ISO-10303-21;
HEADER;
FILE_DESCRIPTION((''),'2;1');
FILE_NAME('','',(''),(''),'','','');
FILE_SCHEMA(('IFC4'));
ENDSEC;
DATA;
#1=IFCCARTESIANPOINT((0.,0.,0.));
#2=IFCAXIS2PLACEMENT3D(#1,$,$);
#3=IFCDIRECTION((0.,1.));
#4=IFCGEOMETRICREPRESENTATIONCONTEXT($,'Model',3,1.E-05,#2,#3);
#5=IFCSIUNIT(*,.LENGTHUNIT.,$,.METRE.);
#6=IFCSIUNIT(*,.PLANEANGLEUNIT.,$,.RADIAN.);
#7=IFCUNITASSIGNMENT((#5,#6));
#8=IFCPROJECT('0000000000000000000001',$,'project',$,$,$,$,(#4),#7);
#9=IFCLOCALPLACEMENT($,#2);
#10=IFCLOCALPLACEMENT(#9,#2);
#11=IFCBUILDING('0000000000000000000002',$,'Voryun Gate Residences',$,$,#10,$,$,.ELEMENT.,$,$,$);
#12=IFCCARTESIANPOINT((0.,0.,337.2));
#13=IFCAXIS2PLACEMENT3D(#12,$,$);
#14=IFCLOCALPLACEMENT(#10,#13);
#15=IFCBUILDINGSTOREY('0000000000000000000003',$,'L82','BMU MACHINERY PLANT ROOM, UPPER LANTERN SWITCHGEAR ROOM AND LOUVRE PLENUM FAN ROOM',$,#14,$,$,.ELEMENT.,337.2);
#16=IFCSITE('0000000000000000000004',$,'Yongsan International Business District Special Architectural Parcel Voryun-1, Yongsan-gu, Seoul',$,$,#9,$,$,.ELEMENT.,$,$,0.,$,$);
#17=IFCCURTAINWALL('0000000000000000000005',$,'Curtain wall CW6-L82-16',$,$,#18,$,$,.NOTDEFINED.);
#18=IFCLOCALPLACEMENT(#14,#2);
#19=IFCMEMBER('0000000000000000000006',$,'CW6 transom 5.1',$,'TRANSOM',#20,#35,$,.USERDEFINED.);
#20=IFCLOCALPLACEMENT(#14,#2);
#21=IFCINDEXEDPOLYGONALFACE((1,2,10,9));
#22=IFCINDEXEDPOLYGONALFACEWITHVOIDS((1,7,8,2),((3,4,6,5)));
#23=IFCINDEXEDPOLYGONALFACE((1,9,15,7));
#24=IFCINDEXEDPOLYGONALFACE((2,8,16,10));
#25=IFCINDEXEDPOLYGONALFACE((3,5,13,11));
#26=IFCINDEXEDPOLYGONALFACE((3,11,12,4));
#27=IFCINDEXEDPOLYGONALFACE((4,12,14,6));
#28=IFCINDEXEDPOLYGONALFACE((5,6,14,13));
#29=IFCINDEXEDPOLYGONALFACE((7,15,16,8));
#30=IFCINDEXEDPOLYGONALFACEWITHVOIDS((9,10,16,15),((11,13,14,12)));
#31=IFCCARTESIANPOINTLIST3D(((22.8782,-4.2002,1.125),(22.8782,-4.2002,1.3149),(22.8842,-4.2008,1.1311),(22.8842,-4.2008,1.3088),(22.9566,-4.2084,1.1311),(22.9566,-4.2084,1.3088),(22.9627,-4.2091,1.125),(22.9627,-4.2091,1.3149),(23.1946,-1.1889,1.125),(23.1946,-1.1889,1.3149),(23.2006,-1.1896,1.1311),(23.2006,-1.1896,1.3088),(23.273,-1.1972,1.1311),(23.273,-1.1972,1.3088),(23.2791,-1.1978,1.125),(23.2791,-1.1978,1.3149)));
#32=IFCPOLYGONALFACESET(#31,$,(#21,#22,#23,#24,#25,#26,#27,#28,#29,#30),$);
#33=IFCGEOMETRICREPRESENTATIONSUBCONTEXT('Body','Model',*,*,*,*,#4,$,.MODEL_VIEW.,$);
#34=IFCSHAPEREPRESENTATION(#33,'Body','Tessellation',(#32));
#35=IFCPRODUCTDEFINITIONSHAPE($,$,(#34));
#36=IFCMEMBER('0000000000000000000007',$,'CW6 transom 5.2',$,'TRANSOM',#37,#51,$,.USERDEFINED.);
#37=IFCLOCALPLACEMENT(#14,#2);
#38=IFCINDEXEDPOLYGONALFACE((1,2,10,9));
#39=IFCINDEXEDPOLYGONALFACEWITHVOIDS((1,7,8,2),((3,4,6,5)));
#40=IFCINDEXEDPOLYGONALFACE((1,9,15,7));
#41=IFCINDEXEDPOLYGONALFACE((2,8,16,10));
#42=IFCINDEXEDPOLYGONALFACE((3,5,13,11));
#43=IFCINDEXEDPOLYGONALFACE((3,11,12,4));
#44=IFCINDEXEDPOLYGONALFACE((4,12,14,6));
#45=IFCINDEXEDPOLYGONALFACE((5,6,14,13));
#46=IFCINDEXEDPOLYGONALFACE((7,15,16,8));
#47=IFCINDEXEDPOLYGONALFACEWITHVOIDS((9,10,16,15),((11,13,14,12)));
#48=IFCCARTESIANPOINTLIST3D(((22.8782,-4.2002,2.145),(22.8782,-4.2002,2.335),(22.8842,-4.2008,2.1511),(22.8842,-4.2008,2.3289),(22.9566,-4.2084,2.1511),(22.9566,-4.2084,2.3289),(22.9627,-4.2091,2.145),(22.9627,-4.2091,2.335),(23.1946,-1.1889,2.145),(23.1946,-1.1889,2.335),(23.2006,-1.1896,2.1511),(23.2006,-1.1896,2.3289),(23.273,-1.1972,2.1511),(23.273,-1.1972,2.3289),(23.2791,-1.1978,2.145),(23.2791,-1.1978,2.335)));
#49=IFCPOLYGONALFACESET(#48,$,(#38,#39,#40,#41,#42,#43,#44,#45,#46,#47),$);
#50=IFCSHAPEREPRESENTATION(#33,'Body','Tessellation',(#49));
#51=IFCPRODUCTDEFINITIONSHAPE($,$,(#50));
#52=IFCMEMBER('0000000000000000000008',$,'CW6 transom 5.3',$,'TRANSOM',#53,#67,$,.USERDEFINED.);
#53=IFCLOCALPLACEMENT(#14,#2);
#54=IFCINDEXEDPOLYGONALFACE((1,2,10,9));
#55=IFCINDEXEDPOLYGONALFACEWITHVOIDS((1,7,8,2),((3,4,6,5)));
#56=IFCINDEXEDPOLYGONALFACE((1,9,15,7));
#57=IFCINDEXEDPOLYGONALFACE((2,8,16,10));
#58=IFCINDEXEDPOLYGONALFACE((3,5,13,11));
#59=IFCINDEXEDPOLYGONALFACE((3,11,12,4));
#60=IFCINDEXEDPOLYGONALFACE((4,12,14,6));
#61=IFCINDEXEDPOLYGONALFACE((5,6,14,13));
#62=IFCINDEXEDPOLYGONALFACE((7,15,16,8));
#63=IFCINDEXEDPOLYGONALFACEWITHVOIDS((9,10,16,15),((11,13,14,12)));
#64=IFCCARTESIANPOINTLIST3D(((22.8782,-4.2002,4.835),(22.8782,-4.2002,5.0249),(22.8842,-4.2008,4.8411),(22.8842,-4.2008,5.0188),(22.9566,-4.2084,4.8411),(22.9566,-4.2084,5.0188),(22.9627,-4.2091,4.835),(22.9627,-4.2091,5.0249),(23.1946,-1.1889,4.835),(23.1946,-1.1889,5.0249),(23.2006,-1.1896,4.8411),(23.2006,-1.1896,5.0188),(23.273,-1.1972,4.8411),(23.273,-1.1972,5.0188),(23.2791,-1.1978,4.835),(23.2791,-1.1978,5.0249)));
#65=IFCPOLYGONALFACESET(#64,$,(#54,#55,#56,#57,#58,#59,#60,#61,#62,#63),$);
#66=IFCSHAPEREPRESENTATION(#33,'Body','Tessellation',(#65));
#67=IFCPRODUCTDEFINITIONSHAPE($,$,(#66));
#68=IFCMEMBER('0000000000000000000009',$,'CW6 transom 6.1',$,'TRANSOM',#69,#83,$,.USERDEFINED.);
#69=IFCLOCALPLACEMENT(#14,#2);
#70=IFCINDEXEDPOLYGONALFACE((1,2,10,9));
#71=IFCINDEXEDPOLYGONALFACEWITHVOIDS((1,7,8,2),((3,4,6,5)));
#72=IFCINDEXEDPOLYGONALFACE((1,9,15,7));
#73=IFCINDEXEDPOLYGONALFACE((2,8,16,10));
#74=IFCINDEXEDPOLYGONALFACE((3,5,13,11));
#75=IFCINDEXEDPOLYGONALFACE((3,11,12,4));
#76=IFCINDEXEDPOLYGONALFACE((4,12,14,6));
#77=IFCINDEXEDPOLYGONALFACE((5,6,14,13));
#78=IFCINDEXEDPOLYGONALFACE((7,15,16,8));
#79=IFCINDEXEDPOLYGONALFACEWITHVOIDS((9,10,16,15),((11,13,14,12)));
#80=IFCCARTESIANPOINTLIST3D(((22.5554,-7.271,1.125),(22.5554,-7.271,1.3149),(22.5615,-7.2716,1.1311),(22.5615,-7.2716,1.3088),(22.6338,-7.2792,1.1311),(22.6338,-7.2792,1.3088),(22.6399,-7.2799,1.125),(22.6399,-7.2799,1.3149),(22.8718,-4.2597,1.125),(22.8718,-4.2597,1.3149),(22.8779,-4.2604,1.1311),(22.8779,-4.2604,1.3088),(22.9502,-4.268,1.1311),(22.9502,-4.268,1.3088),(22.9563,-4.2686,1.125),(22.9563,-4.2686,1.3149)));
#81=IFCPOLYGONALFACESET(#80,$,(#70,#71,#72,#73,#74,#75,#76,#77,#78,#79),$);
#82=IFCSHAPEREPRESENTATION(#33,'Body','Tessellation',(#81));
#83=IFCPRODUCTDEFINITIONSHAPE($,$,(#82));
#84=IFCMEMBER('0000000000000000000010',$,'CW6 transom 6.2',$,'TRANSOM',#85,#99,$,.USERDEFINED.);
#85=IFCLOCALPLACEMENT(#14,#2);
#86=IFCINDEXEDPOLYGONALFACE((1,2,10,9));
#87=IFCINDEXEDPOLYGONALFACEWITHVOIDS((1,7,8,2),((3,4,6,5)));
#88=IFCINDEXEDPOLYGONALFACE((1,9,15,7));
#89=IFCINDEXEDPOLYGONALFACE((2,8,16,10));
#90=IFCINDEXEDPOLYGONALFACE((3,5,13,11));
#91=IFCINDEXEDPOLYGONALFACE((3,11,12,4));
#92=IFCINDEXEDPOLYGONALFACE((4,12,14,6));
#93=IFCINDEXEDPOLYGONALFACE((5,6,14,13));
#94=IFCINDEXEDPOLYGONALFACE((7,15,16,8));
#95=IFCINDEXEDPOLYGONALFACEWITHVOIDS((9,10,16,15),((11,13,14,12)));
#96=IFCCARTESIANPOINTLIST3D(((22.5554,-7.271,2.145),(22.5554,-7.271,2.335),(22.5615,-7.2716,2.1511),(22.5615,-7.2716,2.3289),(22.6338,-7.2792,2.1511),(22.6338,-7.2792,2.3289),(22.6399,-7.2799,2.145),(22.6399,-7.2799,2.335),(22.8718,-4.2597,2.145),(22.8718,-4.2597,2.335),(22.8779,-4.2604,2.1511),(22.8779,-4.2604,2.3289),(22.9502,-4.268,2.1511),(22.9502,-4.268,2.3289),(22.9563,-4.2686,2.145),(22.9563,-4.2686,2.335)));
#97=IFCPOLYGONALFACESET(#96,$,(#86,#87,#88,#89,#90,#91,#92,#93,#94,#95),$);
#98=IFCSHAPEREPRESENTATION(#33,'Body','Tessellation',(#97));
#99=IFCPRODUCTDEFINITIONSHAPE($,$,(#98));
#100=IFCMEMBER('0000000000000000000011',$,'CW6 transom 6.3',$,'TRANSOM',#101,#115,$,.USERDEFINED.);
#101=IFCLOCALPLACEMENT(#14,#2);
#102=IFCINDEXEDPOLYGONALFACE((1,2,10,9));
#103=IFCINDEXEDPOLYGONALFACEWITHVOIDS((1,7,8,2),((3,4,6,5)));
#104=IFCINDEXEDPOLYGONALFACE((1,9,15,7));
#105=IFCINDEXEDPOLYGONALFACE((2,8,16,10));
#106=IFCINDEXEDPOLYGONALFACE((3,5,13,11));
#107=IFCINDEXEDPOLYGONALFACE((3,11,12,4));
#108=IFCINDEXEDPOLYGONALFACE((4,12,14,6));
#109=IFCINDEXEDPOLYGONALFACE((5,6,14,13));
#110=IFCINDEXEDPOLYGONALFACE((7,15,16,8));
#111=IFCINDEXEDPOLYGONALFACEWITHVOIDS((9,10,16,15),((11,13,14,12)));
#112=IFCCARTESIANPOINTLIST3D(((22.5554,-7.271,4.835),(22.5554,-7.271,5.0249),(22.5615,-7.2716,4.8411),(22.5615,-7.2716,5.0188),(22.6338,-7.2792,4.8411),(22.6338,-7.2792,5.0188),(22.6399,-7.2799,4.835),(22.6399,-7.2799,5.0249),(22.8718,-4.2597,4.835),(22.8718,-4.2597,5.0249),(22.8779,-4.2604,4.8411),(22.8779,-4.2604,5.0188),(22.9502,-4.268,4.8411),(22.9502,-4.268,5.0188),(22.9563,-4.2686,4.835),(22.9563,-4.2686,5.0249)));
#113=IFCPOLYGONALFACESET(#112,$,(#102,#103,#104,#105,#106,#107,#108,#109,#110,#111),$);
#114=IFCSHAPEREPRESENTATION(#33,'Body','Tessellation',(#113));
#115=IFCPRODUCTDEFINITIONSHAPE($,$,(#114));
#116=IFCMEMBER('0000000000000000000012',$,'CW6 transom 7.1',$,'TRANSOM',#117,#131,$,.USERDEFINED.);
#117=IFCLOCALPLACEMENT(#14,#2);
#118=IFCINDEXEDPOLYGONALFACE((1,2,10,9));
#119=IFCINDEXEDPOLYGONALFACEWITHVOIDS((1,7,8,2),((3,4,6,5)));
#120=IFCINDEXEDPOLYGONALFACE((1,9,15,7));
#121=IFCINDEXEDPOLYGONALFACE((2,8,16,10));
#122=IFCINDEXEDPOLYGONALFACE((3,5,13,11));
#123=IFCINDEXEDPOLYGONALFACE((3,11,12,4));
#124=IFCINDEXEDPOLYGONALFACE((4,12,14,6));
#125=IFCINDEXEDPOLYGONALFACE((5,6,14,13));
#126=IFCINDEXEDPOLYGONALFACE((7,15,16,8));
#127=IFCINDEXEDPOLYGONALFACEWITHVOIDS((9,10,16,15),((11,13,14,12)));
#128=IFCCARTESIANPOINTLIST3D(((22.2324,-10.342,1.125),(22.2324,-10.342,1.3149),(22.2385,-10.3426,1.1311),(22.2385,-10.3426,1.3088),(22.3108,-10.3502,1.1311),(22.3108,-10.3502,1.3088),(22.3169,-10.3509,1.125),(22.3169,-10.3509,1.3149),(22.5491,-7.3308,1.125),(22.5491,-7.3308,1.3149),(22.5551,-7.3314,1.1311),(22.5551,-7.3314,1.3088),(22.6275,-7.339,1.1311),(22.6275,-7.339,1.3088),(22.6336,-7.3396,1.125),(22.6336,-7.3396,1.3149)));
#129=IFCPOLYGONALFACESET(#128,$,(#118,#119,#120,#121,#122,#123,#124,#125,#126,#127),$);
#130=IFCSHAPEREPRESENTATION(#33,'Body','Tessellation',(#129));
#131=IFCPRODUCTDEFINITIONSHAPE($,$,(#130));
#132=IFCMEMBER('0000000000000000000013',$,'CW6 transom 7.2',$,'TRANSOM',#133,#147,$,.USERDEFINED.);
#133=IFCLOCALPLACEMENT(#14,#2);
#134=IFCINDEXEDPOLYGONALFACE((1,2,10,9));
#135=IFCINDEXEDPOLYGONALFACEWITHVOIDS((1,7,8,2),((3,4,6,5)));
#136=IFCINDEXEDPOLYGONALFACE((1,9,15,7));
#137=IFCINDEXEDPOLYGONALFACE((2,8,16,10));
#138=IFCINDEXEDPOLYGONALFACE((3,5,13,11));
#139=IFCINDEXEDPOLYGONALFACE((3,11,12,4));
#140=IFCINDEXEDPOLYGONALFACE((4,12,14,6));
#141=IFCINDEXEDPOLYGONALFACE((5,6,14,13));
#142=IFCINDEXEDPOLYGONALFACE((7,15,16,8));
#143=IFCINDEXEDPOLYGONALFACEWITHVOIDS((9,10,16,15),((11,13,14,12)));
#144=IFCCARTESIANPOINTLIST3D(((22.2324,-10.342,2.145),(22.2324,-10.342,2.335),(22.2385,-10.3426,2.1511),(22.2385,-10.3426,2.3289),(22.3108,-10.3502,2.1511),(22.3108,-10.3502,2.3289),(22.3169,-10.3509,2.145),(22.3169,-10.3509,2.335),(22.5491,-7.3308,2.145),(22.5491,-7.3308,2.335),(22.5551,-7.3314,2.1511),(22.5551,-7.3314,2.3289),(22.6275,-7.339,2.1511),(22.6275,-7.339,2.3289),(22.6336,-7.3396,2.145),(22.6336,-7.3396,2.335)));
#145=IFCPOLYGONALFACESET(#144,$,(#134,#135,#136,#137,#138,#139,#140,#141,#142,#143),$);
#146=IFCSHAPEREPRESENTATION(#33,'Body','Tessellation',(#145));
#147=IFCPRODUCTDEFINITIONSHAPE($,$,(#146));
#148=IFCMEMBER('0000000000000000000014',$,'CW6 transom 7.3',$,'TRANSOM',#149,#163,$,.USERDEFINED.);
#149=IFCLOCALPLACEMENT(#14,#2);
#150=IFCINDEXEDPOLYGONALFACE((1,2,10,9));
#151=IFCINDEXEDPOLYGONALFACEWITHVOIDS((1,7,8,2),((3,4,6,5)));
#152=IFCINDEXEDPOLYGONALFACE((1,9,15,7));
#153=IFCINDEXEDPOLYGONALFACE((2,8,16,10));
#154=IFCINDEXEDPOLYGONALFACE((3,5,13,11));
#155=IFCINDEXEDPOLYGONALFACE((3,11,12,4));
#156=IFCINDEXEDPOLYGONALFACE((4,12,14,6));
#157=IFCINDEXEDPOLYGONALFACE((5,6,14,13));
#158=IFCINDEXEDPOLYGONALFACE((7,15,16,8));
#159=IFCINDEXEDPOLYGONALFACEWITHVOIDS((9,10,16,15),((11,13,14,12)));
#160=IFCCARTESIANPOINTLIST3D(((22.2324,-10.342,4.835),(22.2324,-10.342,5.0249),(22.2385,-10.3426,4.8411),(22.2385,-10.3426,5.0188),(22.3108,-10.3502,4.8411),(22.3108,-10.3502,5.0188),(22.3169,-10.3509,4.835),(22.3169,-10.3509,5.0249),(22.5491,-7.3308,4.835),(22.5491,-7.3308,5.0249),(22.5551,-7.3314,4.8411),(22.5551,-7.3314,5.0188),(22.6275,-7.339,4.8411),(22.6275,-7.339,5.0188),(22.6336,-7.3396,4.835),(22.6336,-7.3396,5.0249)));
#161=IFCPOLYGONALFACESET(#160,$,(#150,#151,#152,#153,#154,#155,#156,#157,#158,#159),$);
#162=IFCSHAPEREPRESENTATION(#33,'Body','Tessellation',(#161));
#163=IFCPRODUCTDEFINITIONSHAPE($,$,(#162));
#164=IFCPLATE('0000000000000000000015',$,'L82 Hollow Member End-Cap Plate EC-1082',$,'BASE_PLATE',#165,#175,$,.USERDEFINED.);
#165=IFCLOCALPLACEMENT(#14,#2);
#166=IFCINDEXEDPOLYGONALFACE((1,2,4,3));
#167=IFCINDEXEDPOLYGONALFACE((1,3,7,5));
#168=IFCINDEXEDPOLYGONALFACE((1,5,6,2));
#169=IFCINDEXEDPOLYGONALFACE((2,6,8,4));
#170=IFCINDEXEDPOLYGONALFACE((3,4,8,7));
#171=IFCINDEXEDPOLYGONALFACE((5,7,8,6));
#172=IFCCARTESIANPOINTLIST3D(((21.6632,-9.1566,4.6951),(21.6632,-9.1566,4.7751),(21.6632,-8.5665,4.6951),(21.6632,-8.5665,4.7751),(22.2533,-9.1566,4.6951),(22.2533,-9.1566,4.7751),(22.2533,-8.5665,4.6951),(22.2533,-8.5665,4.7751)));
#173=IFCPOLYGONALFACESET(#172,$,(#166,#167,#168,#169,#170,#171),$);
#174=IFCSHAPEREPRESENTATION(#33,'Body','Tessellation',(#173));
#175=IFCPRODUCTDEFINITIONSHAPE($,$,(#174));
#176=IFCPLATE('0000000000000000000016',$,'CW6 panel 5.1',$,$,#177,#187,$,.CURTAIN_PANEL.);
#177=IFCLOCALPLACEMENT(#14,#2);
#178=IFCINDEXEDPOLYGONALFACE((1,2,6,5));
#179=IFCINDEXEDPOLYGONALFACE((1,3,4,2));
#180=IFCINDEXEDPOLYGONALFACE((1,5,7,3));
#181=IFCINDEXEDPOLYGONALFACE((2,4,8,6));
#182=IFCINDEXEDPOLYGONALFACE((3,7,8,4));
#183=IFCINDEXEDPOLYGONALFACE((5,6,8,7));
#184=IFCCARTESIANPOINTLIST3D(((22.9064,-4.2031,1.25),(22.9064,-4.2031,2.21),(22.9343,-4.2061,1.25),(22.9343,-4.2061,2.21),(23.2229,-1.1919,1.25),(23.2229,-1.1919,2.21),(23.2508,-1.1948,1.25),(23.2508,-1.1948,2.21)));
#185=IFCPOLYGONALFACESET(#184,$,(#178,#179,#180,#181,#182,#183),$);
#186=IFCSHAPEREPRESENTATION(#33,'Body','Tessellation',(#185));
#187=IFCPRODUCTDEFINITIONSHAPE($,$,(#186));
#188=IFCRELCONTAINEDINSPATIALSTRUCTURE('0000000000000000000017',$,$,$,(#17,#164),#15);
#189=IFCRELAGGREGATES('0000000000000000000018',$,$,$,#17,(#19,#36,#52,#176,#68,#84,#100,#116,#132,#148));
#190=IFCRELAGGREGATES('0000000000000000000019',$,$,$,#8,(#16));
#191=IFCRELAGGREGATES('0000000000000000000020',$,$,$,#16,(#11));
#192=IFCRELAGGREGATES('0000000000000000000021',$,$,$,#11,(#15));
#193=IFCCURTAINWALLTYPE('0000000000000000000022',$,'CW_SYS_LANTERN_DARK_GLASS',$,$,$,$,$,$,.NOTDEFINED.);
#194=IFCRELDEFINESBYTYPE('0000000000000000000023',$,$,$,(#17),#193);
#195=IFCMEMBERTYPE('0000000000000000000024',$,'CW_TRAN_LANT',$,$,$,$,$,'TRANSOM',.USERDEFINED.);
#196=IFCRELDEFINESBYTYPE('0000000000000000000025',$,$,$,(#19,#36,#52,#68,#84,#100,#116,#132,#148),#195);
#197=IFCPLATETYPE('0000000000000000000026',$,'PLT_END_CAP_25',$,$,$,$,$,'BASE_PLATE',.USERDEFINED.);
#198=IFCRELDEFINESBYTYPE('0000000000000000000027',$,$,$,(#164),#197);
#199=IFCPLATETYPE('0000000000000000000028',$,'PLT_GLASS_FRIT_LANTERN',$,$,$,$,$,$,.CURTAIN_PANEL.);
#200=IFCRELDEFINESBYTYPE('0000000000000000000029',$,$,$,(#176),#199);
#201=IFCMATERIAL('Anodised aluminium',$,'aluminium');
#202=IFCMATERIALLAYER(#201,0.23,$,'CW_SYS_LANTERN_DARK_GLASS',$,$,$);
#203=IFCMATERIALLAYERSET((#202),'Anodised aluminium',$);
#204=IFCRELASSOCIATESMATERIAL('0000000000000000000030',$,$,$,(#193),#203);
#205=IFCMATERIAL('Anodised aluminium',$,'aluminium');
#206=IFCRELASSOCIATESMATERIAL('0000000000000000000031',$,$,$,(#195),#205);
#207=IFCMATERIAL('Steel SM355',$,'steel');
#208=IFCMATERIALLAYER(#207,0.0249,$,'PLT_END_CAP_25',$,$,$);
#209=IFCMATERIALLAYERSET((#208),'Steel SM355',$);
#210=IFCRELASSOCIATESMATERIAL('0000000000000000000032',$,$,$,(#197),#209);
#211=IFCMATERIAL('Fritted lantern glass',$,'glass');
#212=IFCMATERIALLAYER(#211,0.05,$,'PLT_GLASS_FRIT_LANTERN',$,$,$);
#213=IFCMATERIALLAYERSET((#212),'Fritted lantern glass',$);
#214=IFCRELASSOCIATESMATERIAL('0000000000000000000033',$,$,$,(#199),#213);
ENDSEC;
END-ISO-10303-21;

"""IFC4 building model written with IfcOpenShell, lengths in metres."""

from ifc_helpers import new_model, si_unit, direction, frame, origin, origin_2d, place, context, subcontext, project, spatial, rectangle, hollow_rectangle, extrude, material, layer, layer_set, material_profile, profile_set, type_object, element, aggregate, save


model = new_model("IFC4")

# Units and contexts
model_context = context("Model", 3, precision=1e-05, world=origin(), true_north=direction((0.0, 1.0)))
body_context = subcontext(model_context, "Body", "Model", "MODEL_VIEW")
ifc_project = project(units=[si_unit("LENGTHUNIT", "METRE"), si_unit("PLANEANGLEUNIT", "RADIAN")], contexts=[model_context])

# Site, building, storey
site_placement = place(None, origin())
site = spatial("IfcSite", under=ifc_project, at=site_placement, Name="Yongsan International Business District Special Architectural Parcel Voryun-1, Yongsan-gu, Seoul", CompositionType="ELEMENT", RefElevation=0.0)
building_placement = place(site_placement, origin())
building = spatial("IfcBuilding", under=site, at=building_placement, Name="Voryun Gate Residences", CompositionType="ELEMENT")
storey_placement = place(building_placement, frame((0.0, 0.0, 337.2)))
storey = spatial("IfcBuildingStorey", under=building, at=storey_placement, Name="L82", Description="BMU MACHINERY PLANT ROOM, UPPER LANTERN SWITCHGEAR ROOM AND LOUVRE PLENUM FAN ROOM", CompositionType="ELEMENT", Elevation=337.2)

# Curtain wall, members
ifc_material_1 = material(Name="Anodised aluminium", Category="aluminium")
ifc_layer_1 = layer(ifc_material_1, 0.23, Name="CW_SYS_LANTERN_DARK_GLASS")
ifc_layer_set_1 = layer_set([ifc_layer_1], Name="Anodised aluminium")
curtain_wall_type = type_object("IfcCurtainWallType", Name="CW_SYS_LANTERN_DARK_GLASS", PredefinedType="NOTDEFINED", material=ifc_layer_set_1)
curtain_wall_placement = place(storey_placement, origin())
curtain_wall = element("IfcCurtainWall", 1, at=curtain_wall_placement, inside=storey, type_object=curtain_wall_type, Name="Curtain wall CW6-L82-16", PredefinedType="NOTDEFINED")
ifc_material_2 = material(Name="Anodised aluminium", Category="aluminium")
ifc_material_profile_1 = material_profile(ifc_material_2, hollow_rectangle(XDim=0.085, YDim=0.1899, WallThickness=0.0061, at=origin_2d()), Name="ALU-TRAN-190x85x6")
ifc_profile_set_1 = profile_set([ifc_material_profile_1], Name="Anodised aluminium")
member_type_1 = type_object("IfcMemberType", Name="CW_TRAN_LANT", ElementType="TRANSOM", PredefinedType="USERDEFINED", material=ifc_profile_set_1)
member_1_placement = place(storey_placement, frame((23.2368, -1.1934, 1.22), z_axis=(-0.1045, -0.994525, 0.0), x_axis=(0.994525, -0.1045, 0.0)))
member_1 = element("IfcMember", 2, at=member_1_placement, type_object=member_type_1, Name="CW6 transom 5.1", ObjectType="TRANSOM", PredefinedType="USERDEFINED", context=body_context, shape_type="SweptSolid", body=[
    extrude(hollow_rectangle(XDim=0.085, YDim=0.1899, WallThickness=0.0061, at=origin_2d()), origin(), (0.0, 0.0, 1.0), 3.0278),
])
member_2_placement = place(storey_placement, frame((23.2368, -1.1934, 2.24), z_axis=(-0.1045, -0.994525, 0.0), x_axis=(0.994525, -0.1045, 0.0)))
member_2 = element("IfcMember", 3, at=member_2_placement, type_object=member_type_1, Name="CW6 transom 5.2", ObjectType="TRANSOM", PredefinedType="USERDEFINED", context=body_context, shape_type="SweptSolid", body=[
    extrude(hollow_rectangle(XDim=0.085, YDim=0.1899, WallThickness=0.0061, at=origin_2d()), origin(), (0.0, 0.0, 1.0), 3.0278),
])
member_3_placement = place(storey_placement, frame((23.2368, -1.1934, 4.9299), z_axis=(-0.1045, -0.994525, 0.0), x_axis=(0.994525, -0.1045, 0.0)))
member_3 = element("IfcMember", 4, at=member_3_placement, type_object=member_type_1, Name="CW6 transom 5.3", ObjectType="TRANSOM", PredefinedType="USERDEFINED", context=body_context, shape_type="SweptSolid", body=[
    extrude(hollow_rectangle(XDim=0.085, YDim=0.1899, WallThickness=0.0061, at=origin_2d()), origin(), (0.0, 0.0, 1.0), 3.0278),
])
member_4_placement = place(storey_placement, frame((22.9141, -4.2642, 1.22), z_axis=(-0.1045, -0.994525, 0.0), x_axis=(0.994525, -0.1045, 0.0)))
member_4 = element("IfcMember", 5, at=member_4_placement, type_object=member_type_1, Name="CW6 transom 6.1", ObjectType="TRANSOM", PredefinedType="USERDEFINED", context=body_context, shape_type="SweptSolid", body=[
    extrude(hollow_rectangle(XDim=0.085, YDim=0.1899, WallThickness=0.0061, at=origin_2d()), origin(), (0.0, 0.0, 1.0), 3.0278),
])
member_5_placement = place(storey_placement, frame((22.9141, -4.2642, 2.24), z_axis=(-0.1045, -0.994525, 0.0), x_axis=(0.994525, -0.1045, 0.0)))
member_5 = element("IfcMember", 6, at=member_5_placement, type_object=member_type_1, Name="CW6 transom 6.2", ObjectType="TRANSOM", PredefinedType="USERDEFINED", context=body_context, shape_type="SweptSolid", body=[
    extrude(hollow_rectangle(XDim=0.085, YDim=0.1899, WallThickness=0.0061, at=origin_2d()), origin(), (0.0, 0.0, 1.0), 3.0278),
])
member_6_placement = place(storey_placement, frame((22.9141, -4.2642, 4.9299), z_axis=(-0.1045, -0.994525, 0.0), x_axis=(0.994525, -0.1045, 0.0)))
member_6 = element("IfcMember", 7, at=member_6_placement, type_object=member_type_1, Name="CW6 transom 6.3", ObjectType="TRANSOM", PredefinedType="USERDEFINED", context=body_context, shape_type="SweptSolid", body=[
    extrude(hollow_rectangle(XDim=0.085, YDim=0.1899, WallThickness=0.0061, at=origin_2d()), origin(), (0.0, 0.0, 1.0), 3.0278),
])
member_7_placement = place(storey_placement, frame((22.5913, -7.3352, 1.22), z_axis=(-0.10458, -0.994516, 0.0), x_axis=(0.994516, -0.10458, 0.0)))
member_7 = element("IfcMember", 8, at=member_7_placement, type_object=member_type_1, Name="CW6 transom 7.1", ObjectType="TRANSOM", PredefinedType="USERDEFINED", context=body_context, shape_type="SweptSolid", body=[
    extrude(hollow_rectangle(XDim=0.085, YDim=0.1899, WallThickness=0.0061, at=origin_2d()), origin(), (0.0, 0.0, 1.0), 3.0278),
])
member_8_placement = place(storey_placement, frame((22.5913, -7.3352, 2.24), z_axis=(-0.10458, -0.994516, 0.0), x_axis=(0.994516, -0.10458, 0.0)))
member_8 = element("IfcMember", 9, at=member_8_placement, type_object=member_type_1, Name="CW6 transom 7.2", ObjectType="TRANSOM", PredefinedType="USERDEFINED", context=body_context, shape_type="SweptSolid", body=[
    extrude(hollow_rectangle(XDim=0.085, YDim=0.1899, WallThickness=0.0061, at=origin_2d()), origin(), (0.0, 0.0, 1.0), 3.0278),
])
member_9_placement = place(storey_placement, frame((22.5913, -7.3352, 4.9299), z_axis=(-0.10458, -0.994516, 0.0), x_axis=(0.994516, -0.10458, 0.0)))
member_9 = element("IfcMember", 10, at=member_9_placement, type_object=member_type_1, Name="CW6 transom 7.3", ObjectType="TRANSOM", PredefinedType="USERDEFINED", context=body_context, shape_type="SweptSolid", body=[
    extrude(hollow_rectangle(XDim=0.085, YDim=0.1899, WallThickness=0.0061, at=origin_2d()), origin(), (0.0, 0.0, 1.0), 3.0278),
])

# Plates
ifc_material_3 = material(Name="Steel SM355", Category="steel")
ifc_layer_2 = layer(ifc_material_3, 0.0249, Name="PLT_END_CAP_25")
ifc_layer_set_2 = layer_set([ifc_layer_2], Name="Steel SM355")
plate_type_1 = type_object("IfcPlateType", Name="PLT_END_CAP_25", ElementType="BASE_PLATE", PredefinedType="USERDEFINED", material=ifc_layer_set_2)
plate_1_placement = place(storey_placement, frame((21.9583, -8.8616, 4.6951), z_axis=(0.0, 0.0, 1.0), x_axis=(1.0, 0.0, 0.0)))
element("IfcPlate", 11, at=plate_1_placement, inside=storey, type_object=plate_type_1, Name="L82 Hollow Member End-Cap Plate EC-1082", ObjectType="BASE_PLATE", PredefinedType="USERDEFINED", context=body_context, shape_type="SweptSolid", body=[
    extrude(rectangle(XDim=0.5901, YDim=0.5901, at=origin_2d()), origin(), (0.0, 0.0, 1.0), 0.0801),
])
ifc_material_4 = material(Name="Fritted lantern glass", Category="glass")
ifc_layer_3 = layer(ifc_material_4, 0.05, Name="PLT_GLASS_FRIT_LANTERN")
ifc_layer_set_3 = layer_set([ifc_layer_3], Name="Fritted lantern glass")
plate_type_2 = type_object("IfcPlateType", Name="PLT_GLASS_FRIT_LANTERN", PredefinedType="CURTAIN_PANEL", material=ifc_layer_set_3)
plate_2_placement = place(storey_placement, frame((23.0786, -2.699, 1.25), z_axis=(0.0, 0.0, 1.0), x_axis=(-0.104528, -0.994522, 0.0)))
plate_2 = element("IfcPlate", 12, at=plate_2_placement, type_object=plate_type_2, Name="CW6 panel 5.1", PredefinedType="CURTAIN_PANEL", context=body_context, shape_type="SweptSolid", body=[
    extrude(rectangle(XDim=3.0278, YDim=0.0281, at=origin_2d()), origin(), (0.0, 0.0, 1.0), 0.96),
])
aggregate(curtain_wall, [member_1, member_2, member_3, plate_2, member_4, member_5, member_6, member_7, member_8, member_9])

save(model, "model.ifc")
